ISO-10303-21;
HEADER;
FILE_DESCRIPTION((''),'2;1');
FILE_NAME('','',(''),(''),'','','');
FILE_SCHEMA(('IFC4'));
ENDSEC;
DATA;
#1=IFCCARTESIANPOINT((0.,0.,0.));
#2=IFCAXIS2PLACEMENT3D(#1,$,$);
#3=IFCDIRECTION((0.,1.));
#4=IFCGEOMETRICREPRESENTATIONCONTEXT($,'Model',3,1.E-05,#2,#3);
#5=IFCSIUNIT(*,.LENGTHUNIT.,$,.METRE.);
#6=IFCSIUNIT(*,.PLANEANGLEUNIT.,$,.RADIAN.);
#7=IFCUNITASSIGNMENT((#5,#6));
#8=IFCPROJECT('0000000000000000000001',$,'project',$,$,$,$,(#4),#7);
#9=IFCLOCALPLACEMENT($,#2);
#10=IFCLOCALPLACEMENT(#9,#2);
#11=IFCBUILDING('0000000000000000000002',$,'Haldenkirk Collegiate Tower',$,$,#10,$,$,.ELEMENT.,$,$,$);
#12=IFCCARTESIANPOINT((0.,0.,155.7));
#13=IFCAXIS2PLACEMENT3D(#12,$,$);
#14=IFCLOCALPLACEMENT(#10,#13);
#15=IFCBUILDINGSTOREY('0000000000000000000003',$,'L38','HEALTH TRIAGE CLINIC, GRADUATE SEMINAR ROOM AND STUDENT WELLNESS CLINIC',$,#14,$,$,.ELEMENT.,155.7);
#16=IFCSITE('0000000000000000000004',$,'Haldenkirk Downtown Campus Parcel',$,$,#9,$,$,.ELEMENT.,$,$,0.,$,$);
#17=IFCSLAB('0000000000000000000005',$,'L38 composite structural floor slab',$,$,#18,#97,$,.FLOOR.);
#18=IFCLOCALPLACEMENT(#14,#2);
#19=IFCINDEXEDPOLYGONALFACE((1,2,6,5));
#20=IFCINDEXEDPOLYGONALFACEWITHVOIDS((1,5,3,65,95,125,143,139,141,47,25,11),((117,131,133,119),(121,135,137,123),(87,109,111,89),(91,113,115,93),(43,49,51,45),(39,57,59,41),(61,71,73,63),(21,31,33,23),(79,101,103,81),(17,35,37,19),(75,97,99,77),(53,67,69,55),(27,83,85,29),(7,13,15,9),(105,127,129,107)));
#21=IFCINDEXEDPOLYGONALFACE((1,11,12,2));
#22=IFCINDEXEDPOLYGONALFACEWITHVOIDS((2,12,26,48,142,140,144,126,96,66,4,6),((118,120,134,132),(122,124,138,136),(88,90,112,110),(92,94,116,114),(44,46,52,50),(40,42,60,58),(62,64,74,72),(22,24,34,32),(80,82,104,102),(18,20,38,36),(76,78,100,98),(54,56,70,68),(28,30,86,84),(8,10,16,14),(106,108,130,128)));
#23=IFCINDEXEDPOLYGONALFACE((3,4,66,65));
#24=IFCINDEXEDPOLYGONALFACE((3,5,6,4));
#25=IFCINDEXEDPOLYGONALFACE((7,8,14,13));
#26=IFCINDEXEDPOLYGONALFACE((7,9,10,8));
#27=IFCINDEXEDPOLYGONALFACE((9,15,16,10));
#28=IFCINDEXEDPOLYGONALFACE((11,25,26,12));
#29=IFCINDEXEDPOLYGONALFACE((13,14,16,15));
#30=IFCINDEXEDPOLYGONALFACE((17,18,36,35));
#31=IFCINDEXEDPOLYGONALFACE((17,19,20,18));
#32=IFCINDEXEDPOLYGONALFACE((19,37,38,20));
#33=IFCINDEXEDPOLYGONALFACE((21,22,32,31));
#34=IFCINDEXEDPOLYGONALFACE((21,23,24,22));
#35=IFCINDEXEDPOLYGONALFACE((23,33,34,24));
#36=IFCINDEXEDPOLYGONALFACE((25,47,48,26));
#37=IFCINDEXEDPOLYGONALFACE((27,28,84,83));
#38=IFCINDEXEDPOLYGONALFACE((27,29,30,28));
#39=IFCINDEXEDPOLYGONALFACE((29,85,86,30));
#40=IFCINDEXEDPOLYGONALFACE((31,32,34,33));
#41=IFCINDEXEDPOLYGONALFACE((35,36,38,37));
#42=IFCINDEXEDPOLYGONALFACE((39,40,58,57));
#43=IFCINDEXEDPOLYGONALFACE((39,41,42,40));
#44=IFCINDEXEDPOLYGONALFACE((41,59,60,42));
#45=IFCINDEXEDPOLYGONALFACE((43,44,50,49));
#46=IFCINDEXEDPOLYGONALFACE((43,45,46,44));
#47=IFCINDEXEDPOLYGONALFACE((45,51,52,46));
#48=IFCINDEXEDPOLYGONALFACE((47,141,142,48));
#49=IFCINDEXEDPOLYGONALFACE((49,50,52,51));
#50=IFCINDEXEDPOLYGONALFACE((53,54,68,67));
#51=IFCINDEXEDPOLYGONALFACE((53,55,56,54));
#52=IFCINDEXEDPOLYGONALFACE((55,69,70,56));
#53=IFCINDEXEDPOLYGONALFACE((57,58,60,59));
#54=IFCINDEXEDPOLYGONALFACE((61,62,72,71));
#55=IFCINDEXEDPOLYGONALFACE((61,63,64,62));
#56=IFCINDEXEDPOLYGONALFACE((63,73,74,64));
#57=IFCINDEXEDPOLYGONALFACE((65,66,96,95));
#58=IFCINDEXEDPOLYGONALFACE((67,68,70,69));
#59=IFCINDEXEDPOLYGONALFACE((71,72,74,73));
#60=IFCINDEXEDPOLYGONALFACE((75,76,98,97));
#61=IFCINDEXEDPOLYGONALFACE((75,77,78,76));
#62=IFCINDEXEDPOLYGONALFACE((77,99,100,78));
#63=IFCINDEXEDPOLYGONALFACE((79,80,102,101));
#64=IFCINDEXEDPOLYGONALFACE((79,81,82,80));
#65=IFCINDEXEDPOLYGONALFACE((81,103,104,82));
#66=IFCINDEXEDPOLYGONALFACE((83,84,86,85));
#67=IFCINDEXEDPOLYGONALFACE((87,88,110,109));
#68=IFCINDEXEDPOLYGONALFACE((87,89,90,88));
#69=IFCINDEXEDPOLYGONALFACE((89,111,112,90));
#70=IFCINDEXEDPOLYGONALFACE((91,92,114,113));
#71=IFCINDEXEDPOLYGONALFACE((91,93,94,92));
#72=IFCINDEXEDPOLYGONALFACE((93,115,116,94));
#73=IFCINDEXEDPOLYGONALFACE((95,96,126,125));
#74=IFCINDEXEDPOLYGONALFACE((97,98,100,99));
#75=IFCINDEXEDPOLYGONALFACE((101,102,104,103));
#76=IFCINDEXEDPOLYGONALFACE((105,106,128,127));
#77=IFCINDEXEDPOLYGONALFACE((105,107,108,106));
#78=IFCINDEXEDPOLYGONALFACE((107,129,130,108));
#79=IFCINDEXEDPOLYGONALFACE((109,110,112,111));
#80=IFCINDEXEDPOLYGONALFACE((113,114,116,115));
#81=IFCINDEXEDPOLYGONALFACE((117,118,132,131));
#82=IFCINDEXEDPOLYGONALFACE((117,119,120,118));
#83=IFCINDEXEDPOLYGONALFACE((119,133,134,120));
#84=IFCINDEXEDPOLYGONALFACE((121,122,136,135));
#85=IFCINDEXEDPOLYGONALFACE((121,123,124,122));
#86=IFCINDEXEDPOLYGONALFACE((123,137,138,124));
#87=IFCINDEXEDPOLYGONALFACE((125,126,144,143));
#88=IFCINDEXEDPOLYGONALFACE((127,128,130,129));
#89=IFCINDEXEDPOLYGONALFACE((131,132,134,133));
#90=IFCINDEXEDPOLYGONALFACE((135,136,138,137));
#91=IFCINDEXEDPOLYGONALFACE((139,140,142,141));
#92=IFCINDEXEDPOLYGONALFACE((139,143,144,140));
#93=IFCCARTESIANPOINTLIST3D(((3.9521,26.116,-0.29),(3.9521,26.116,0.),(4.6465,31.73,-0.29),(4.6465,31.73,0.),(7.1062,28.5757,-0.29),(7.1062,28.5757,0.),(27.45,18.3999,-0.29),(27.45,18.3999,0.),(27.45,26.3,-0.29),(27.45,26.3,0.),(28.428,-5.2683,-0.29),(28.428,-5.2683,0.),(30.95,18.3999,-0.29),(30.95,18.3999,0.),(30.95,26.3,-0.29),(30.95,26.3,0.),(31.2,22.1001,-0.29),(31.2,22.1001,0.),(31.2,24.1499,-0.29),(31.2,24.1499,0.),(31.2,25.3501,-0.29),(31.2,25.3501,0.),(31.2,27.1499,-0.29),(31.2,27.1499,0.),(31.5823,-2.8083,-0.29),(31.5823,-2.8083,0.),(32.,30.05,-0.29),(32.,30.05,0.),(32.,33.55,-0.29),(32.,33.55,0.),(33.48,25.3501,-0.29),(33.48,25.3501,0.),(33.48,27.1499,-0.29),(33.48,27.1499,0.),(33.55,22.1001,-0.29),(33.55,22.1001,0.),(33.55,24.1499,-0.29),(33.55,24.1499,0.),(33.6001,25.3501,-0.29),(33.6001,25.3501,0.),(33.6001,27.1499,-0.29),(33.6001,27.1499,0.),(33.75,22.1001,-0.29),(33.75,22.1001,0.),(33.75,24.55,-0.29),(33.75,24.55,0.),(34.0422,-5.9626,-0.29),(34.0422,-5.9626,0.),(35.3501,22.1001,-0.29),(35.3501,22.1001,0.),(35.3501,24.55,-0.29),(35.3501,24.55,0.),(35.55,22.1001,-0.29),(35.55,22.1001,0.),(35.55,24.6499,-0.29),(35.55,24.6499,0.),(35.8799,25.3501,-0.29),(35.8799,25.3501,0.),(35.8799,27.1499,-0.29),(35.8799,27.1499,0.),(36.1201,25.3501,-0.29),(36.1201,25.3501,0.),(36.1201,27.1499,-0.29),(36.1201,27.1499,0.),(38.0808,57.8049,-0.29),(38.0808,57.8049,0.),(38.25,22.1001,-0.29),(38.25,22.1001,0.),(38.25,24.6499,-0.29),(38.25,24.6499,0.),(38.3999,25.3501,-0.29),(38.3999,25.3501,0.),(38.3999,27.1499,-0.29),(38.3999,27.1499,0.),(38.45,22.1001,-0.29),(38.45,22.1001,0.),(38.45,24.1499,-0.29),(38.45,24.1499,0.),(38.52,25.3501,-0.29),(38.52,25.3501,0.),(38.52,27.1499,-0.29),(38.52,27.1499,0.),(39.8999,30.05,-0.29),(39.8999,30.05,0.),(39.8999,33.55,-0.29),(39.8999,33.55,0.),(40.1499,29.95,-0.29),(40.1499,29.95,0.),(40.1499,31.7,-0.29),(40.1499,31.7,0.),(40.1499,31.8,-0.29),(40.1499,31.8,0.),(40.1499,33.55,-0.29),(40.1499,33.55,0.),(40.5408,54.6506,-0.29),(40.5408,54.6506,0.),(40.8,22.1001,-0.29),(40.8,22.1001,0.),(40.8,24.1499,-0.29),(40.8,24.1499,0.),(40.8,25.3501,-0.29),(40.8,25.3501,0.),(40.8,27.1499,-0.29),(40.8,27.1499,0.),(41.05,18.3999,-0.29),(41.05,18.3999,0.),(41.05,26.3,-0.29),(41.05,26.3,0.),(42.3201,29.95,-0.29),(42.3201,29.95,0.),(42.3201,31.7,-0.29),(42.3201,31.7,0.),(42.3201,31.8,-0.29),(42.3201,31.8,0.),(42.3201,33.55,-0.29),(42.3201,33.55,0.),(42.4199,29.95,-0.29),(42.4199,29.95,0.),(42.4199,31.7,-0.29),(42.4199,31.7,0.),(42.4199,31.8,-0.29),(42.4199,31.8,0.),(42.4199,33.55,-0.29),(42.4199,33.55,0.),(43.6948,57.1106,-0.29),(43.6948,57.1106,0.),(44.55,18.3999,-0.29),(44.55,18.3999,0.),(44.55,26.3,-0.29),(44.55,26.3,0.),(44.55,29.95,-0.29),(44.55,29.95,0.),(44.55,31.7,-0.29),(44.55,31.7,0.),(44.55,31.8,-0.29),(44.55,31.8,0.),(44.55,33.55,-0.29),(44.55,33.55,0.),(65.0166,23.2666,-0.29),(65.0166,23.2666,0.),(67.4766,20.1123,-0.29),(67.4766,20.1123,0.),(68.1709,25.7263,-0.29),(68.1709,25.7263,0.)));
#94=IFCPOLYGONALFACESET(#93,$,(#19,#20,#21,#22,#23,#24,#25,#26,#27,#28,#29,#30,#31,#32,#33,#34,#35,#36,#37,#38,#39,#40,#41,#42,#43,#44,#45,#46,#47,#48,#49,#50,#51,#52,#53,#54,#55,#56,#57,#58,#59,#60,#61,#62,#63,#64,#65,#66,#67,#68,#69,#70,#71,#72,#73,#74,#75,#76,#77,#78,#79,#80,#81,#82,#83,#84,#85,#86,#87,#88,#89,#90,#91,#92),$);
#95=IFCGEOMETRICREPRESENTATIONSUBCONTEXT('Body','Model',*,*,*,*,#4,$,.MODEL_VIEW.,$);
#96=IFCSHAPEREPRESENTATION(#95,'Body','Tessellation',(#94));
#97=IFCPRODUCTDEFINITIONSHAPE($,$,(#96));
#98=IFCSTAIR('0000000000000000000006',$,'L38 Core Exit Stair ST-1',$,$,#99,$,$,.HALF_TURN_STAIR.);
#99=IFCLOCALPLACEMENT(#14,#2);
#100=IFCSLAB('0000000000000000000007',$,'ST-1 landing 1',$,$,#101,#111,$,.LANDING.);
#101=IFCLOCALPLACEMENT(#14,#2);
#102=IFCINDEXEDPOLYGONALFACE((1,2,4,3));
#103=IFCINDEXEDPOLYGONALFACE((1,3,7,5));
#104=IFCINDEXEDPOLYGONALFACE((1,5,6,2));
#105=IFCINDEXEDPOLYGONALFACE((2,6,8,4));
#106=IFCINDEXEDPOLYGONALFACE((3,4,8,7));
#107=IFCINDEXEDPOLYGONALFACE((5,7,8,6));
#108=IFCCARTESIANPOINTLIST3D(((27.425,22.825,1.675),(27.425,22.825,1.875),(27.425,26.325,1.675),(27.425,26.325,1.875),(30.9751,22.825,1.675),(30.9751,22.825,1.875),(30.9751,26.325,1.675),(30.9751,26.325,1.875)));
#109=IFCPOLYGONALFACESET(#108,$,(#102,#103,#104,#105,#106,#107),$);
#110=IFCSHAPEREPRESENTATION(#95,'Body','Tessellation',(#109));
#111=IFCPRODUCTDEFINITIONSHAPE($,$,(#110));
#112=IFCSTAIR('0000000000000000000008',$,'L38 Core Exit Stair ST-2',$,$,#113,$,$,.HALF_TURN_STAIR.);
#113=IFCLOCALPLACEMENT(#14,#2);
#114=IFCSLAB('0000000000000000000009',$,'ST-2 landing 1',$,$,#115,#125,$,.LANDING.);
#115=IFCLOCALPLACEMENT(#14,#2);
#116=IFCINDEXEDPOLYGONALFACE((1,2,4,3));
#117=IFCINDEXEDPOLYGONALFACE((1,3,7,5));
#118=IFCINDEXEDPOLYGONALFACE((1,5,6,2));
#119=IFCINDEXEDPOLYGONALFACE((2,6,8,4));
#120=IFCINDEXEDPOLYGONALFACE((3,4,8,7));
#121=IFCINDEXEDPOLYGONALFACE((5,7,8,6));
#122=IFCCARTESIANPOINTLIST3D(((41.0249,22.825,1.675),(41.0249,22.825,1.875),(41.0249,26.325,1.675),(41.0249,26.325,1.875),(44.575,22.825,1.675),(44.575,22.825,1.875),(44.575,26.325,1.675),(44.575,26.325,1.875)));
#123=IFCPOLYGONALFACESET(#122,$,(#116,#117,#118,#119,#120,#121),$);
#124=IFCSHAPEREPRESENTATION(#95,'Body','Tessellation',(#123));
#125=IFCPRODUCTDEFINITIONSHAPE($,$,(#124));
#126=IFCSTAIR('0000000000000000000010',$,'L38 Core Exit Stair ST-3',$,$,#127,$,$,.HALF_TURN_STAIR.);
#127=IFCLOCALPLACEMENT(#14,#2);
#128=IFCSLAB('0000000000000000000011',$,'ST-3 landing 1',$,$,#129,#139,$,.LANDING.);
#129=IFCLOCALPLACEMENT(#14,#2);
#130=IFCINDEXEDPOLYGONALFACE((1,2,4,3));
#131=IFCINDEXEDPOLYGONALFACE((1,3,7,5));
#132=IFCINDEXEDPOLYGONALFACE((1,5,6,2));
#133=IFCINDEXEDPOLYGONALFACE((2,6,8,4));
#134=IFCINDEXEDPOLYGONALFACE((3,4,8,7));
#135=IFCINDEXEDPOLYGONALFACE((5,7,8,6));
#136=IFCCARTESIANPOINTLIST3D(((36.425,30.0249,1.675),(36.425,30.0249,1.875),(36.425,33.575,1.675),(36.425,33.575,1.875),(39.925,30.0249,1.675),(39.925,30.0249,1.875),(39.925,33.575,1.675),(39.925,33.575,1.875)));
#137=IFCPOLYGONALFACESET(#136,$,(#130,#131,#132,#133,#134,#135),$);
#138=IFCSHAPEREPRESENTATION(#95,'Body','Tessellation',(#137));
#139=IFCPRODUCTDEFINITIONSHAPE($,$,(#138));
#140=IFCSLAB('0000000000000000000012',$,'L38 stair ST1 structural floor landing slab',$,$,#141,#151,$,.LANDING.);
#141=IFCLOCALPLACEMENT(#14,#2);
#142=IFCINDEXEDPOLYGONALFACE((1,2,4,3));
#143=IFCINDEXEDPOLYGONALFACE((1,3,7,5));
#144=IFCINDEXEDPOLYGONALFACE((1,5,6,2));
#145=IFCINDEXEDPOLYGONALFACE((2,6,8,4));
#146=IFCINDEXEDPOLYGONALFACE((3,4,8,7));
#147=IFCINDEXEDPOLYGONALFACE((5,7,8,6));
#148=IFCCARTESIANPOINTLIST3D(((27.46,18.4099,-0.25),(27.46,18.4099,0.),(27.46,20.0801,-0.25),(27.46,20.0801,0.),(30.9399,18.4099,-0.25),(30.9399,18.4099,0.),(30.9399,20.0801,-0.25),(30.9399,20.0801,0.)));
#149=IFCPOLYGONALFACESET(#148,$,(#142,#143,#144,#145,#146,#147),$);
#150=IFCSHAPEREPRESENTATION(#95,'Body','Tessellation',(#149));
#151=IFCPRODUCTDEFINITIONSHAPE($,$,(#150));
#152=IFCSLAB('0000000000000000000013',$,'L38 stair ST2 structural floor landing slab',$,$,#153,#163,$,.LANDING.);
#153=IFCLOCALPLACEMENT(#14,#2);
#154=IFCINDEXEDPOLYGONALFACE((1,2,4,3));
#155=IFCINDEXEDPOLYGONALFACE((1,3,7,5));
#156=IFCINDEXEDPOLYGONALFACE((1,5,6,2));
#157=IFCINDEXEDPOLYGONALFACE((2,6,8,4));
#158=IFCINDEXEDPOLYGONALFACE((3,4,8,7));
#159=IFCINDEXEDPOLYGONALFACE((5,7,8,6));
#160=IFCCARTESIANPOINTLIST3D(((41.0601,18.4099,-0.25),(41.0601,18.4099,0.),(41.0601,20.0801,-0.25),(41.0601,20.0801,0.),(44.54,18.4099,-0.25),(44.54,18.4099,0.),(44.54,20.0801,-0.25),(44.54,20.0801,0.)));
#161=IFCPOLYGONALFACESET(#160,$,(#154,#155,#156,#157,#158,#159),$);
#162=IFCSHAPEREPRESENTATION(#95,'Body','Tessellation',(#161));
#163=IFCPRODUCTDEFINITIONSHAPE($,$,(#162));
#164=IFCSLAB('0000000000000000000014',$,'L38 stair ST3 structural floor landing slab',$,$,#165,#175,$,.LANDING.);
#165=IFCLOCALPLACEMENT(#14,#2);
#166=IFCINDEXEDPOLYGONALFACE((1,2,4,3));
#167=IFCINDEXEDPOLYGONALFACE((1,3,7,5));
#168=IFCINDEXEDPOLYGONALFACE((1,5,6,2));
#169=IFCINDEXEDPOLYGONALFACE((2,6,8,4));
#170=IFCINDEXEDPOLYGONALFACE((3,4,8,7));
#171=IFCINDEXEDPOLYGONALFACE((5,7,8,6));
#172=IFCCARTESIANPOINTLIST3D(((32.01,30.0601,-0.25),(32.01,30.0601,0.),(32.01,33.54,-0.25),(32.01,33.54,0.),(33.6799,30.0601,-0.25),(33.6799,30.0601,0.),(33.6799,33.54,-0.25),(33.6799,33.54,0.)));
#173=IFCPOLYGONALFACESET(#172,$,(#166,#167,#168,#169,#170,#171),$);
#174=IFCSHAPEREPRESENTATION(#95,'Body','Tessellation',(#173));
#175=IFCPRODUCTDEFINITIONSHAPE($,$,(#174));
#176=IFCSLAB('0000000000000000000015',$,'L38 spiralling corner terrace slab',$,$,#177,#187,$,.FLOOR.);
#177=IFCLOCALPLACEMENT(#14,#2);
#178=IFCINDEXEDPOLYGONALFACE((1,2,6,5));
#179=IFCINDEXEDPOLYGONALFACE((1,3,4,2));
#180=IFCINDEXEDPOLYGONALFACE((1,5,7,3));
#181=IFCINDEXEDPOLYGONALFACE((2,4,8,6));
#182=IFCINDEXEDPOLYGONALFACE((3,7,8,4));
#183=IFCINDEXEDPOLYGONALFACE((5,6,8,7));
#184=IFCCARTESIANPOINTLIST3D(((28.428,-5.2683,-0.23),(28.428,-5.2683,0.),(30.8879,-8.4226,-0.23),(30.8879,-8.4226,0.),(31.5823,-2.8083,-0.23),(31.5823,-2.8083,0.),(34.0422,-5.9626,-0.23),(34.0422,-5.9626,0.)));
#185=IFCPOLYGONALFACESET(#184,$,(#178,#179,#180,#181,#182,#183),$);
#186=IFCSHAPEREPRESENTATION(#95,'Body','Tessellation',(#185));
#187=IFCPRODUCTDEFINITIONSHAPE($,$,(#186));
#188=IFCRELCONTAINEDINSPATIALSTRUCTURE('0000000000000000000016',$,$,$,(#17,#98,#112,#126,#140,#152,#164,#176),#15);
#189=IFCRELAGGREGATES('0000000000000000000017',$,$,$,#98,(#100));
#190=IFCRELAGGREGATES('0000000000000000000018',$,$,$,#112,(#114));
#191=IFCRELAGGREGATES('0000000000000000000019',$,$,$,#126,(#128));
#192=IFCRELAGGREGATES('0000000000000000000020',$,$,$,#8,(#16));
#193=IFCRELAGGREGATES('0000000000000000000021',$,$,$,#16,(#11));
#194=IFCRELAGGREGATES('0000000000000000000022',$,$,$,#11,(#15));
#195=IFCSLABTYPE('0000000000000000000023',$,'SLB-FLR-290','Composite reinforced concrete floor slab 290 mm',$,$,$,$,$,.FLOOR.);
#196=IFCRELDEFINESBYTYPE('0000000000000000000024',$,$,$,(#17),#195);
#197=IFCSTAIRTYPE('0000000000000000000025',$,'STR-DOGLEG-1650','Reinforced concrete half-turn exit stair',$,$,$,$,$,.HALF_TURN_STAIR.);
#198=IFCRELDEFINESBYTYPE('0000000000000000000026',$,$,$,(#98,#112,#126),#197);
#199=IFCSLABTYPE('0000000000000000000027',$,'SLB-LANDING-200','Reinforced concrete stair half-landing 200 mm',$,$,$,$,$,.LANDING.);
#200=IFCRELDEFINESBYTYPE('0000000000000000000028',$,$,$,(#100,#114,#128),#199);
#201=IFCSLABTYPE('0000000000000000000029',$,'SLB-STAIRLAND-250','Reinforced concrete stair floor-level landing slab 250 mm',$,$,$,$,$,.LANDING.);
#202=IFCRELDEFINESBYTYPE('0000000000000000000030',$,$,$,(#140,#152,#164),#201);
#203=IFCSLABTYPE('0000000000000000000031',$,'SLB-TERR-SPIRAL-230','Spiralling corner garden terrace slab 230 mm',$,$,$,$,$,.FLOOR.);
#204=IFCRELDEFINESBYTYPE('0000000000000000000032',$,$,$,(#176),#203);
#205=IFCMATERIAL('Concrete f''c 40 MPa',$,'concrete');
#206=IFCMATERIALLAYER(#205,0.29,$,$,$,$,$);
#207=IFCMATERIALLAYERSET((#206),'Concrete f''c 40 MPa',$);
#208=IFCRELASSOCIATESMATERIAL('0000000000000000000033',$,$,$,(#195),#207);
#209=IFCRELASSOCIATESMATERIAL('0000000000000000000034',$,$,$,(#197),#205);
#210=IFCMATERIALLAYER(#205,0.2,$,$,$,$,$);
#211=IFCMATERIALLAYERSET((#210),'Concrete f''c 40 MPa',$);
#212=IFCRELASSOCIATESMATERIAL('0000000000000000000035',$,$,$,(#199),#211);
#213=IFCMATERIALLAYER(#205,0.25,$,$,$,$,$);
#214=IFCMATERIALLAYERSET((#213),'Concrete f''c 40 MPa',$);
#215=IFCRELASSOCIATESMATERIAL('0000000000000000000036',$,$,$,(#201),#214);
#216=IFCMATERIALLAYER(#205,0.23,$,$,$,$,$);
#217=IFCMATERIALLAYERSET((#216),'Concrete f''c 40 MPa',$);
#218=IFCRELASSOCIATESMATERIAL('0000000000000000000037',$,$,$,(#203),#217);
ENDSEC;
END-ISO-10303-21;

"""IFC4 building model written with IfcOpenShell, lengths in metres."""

from ifc_helpers import new_model, si_unit, direction, frame, origin, place, context, subcontext, project, spatial, polyline, outline, extrude, material, layer, layer_set, type_object, element, aggregate, save


model = new_model("IFC4")

# Units and contexts
model_context = context("Model", 3, precision=1e-05, world=origin(), true_north=direction((0.0, 1.0)))
body_context = subcontext(model_context, "Body", "Model", "MODEL_VIEW")
ifc_project = project(units=[si_unit("LENGTHUNIT", "METRE"), si_unit("PLANEANGLEUNIT", "RADIAN")], contexts=[model_context])

# Site, building, storey
site_placement = place(None, origin())
site = spatial("IfcSite", under=ifc_project, at=site_placement, Name="Haldenkirk Downtown Campus Parcel", CompositionType="ELEMENT", RefElevation=0.0)
building_placement = place(site_placement, origin())
building = spatial("IfcBuilding", under=site, at=building_placement, Name="Haldenkirk Collegiate Tower", CompositionType="ELEMENT")
storey_placement = place(building_placement, frame((0.0, 0.0, 155.7)))
storey = spatial("IfcBuildingStorey", under=building, at=storey_placement, Name="L38", Description="HEALTH TRIAGE CLINIC, GRADUATE SEMINAR ROOM AND STUDENT WELLNESS CLINIC", CompositionType="ELEMENT", Elevation=155.7)

# Slab
ifc_material_1 = material(Name="Concrete f'c 40 MPa", Category="concrete")
ifc_layer_1 = layer(ifc_material_1, 0.29)
ifc_layer_set_1 = layer_set([ifc_layer_1], Name="Concrete f'c 40 MPa")
slab_type_1 = type_object("IfcSlabType", Name="SLB-FLR-290", Description="Composite reinforced concrete floor slab 290 mm", PredefinedType="FLOOR", material=ifc_layer_set_1)
slab_1_placement = place(storey_placement, frame((0.0, 0.0, -0.29)))
element("IfcSlab", 1, at=slab_1_placement, inside=storey, type_object=slab_type_1, Name="L38 composite structural floor slab", PredefinedType="FLOOR", context=body_context, shape_type="SweptSolid", body=[
    extrude(outline(polyline([(34.0422, -5.9626), (67.4766, 20.1123), (65.0166, 23.2666), (68.1709, 25.7263), (43.6948, 57.1106), (40.5408, 54.6506), (38.0808, 57.8049), (4.6465, 31.73), (7.1062, 28.5757), (3.9521, 26.116), (28.428, -5.2683), (31.5823, -2.8083), (34.0422, -5.9626)]), holes=[polyline([(27.45, 18.3999), (30.95, 18.3999), (30.95, 26.3), (27.45, 26.3), (27.45, 18.3999)]), polyline([(41.05, 18.3999), (44.55, 18.3999), (44.55, 26.3), (41.05, 26.3), (41.05, 18.3999)]), polyline([(32.0, 30.05), (39.8999, 30.05), (39.8999, 33.55), (32.0, 33.55), (32.0, 30.05)]), polyline([(33.75, 22.1001), (35.3501, 22.1001), (35.3501, 24.55), (33.75, 24.55), (33.75, 22.1001)]), polyline([(40.1499, 29.95), (42.3201, 29.95), (42.3201, 31.7), (40.1499, 31.7), (40.1499, 29.95)]), polyline([(42.4199, 29.95), (44.55, 29.95), (44.55, 31.7), (42.4199, 31.7), (42.4199, 29.95)]), polyline([(40.1499, 31.8), (42.3201, 31.8), (42.3201, 33.55), (40.1499, 33.55), (40.1499, 31.8)]), polyline([(42.4199, 31.8), (44.55, 31.8), (44.55, 33.55), (42.4199, 33.55), (42.4199, 31.8)]), polyline([(31.2, 25.3501), (33.48, 25.3501), (33.48, 27.1499), (31.2, 27.1499), (31.2, 25.3501)]), polyline([(33.6001, 25.3501), (35.8799, 25.3501), (35.8799, 27.1499), (33.6001, 27.1499), (33.6001, 25.3501)]), polyline([(36.1201, 25.3501), (38.3999, 25.3501), (38.3999, 27.1499), (36.1201, 27.1499), (36.1201, 25.3501)]), polyline([(38.52, 25.3501), (40.8, 25.3501), (40.8, 27.1499), (38.52, 27.1499), (38.52, 25.3501)]), polyline([(31.2, 22.1001), (33.55, 22.1001), (33.55, 24.1499), (31.2, 24.1499), (31.2, 22.1001)]), polyline([(38.45, 22.1001), (40.8, 22.1001), (40.8, 24.1499), (38.45, 24.1499), (38.45, 22.1001)]), polyline([(35.55, 22.1001), (38.25, 22.1001), (38.25, 24.6499), (35.55, 24.6499), (35.55, 22.1001)])]), origin(), (0.0, 0.0, 1.0), 0.29),
])

# Stairs, slabs
stair_type = type_object("IfcStairType", Name="STR-DOGLEG-1650", Description="Reinforced concrete half-turn exit stair", PredefinedType="HALF_TURN_STAIR", material=ifc_material_1)
stair_1_placement = place(storey_placement, origin())
stair_1 = element("IfcStair", 2, at=stair_1_placement, inside=storey, type_object=stair_type, Name="L38 Core Exit Stair ST-1", PredefinedType="HALF_TURN_STAIR")
ifc_layer_2 = layer(ifc_material_1, 0.2)
ifc_layer_set_2 = layer_set([ifc_layer_2], Name="Concrete f'c 40 MPa")
slab_type_2 = type_object("IfcSlabType", Name="SLB-LANDING-200", Description="Reinforced concrete stair half-landing 200 mm", PredefinedType="LANDING", material=ifc_layer_set_2)
slab_2_placement = place(storey_placement, frame((0.0, 0.0, 1.675)))
slab_2 = element("IfcSlab", 3, at=slab_2_placement, type_object=slab_type_2, Name="ST-1 landing 1", PredefinedType="LANDING", context=body_context, shape_type="SweptSolid", body=[
    extrude(outline(polyline([(30.9751, 22.825), (27.425, 22.825), (27.425, 26.325), (30.9751, 26.325), (30.9751, 22.825)])), origin(), (0.0, 0.0, 1.0), 0.2),
])
aggregate(stair_1, [slab_2])
stair_2_placement = place(storey_placement, origin())
stair_2 = element("IfcStair", 4, at=stair_2_placement, inside=storey, type_object=stair_type, Name="L38 Core Exit Stair ST-2", PredefinedType="HALF_TURN_STAIR")
slab_3_placement = place(storey_placement, frame((0.0, 0.0, 1.675)))
slab_3 = element("IfcSlab", 5, at=slab_3_placement, type_object=slab_type_2, Name="ST-2 landing 1", PredefinedType="LANDING", context=body_context, shape_type="SweptSolid", body=[
    extrude(outline(polyline([(44.575, 22.825), (41.0249, 22.825), (41.0249, 26.325), (44.575, 26.325), (44.575, 22.825)])), origin(), (0.0, 0.0, 1.0), 0.2),
])
aggregate(stair_2, [slab_3])
stair_3_placement = place(storey_placement, origin())
stair_3 = element("IfcStair", 6, at=stair_3_placement, inside=storey, type_object=stair_type, Name="L38 Core Exit Stair ST-3", PredefinedType="HALF_TURN_STAIR")
slab_4_placement = place(storey_placement, frame((0.0, 0.0, 1.675)))
slab_4 = element("IfcSlab", 7, at=slab_4_placement, type_object=slab_type_2, Name="ST-3 landing 1", PredefinedType="LANDING", context=body_context, shape_type="SweptSolid", body=[
    extrude(outline(polyline([(36.425, 30.0249), (36.425, 33.575), (39.925, 33.575), (39.925, 30.0249), (36.425, 30.0249)])), origin(), (0.0, 0.0, 1.0), 0.2),
])
aggregate(stair_3, [slab_4])

# Slabs
ifc_layer_3 = layer(ifc_material_1, 0.25)
ifc_layer_set_3 = layer_set([ifc_layer_3], Name="Concrete f'c 40 MPa")
slab_type_3 = type_object("IfcSlabType", Name="SLB-STAIRLAND-250", Description="Reinforced concrete stair floor-level landing slab 250 mm", PredefinedType="LANDING", material=ifc_layer_set_3)
slab_5_placement = place(storey_placement, frame((0.0, 0.0, -0.25)))
element("IfcSlab", 8, at=slab_5_placement, inside=storey, type_object=slab_type_3, Name="L38 stair ST1 structural floor landing slab", PredefinedType="LANDING", context=body_context, shape_type="SweptSolid", body=[
    extrude(outline(polyline([(27.46, 18.4099), (30.9399, 18.4099), (30.9399, 20.0801), (27.46, 20.0801), (27.46, 18.4099)])), origin(), (0.0, 0.0, 1.0), 0.25),
])
slab_6_placement = place(storey_placement, frame((0.0, 0.0, -0.25)))
element("IfcSlab", 9, at=slab_6_placement, inside=storey, type_object=slab_type_3, Name="L38 stair ST2 structural floor landing slab", PredefinedType="LANDING", context=body_context, shape_type="SweptSolid", body=[
    extrude(outline(polyline([(41.0601, 18.4099), (44.54, 18.4099), (44.54, 20.0801), (41.0601, 20.0801), (41.0601, 18.4099)])), origin(), (0.0, 0.0, 1.0), 0.25),
])
slab_7_placement = place(storey_placement, frame((0.0, 0.0, -0.25)))
element("IfcSlab", 10, at=slab_7_placement, inside=storey, type_object=slab_type_3, Name="L38 stair ST3 structural floor landing slab", PredefinedType="LANDING", context=body_context, shape_type="SweptSolid", body=[
    extrude(outline(polyline([(32.01, 30.0601), (33.6799, 30.0601), (33.6799, 33.54), (32.01, 33.54), (32.01, 30.0601)])), origin(), (0.0, 0.0, 1.0), 0.25),
])
ifc_layer_4 = layer(ifc_material_1, 0.23)
ifc_layer_set_4 = layer_set([ifc_layer_4], Name="Concrete f'c 40 MPa")
slab_type_4 = type_object("IfcSlabType", Name="SLB-TERR-SPIRAL-230", Description="Spiralling corner garden terrace slab 230 mm", PredefinedType="FLOOR", material=ifc_layer_set_4)
slab_8_placement = place(storey_placement, frame((0.0, 0.0, -0.23)))
element("IfcSlab", 11, at=slab_8_placement, inside=storey, type_object=slab_type_4, Name="L38 spiralling corner terrace slab", PredefinedType="FLOOR", context=body_context, shape_type="SweptSolid", body=[
    extrude(outline(polyline([(30.8879, -8.4226), (34.0422, -5.9626), (31.5823, -2.8083), (28.428, -5.2683), (30.8879, -8.4226)])), origin(), (0.0, 0.0, 1.0), 0.23),
])

save(model, "model.ifc")
